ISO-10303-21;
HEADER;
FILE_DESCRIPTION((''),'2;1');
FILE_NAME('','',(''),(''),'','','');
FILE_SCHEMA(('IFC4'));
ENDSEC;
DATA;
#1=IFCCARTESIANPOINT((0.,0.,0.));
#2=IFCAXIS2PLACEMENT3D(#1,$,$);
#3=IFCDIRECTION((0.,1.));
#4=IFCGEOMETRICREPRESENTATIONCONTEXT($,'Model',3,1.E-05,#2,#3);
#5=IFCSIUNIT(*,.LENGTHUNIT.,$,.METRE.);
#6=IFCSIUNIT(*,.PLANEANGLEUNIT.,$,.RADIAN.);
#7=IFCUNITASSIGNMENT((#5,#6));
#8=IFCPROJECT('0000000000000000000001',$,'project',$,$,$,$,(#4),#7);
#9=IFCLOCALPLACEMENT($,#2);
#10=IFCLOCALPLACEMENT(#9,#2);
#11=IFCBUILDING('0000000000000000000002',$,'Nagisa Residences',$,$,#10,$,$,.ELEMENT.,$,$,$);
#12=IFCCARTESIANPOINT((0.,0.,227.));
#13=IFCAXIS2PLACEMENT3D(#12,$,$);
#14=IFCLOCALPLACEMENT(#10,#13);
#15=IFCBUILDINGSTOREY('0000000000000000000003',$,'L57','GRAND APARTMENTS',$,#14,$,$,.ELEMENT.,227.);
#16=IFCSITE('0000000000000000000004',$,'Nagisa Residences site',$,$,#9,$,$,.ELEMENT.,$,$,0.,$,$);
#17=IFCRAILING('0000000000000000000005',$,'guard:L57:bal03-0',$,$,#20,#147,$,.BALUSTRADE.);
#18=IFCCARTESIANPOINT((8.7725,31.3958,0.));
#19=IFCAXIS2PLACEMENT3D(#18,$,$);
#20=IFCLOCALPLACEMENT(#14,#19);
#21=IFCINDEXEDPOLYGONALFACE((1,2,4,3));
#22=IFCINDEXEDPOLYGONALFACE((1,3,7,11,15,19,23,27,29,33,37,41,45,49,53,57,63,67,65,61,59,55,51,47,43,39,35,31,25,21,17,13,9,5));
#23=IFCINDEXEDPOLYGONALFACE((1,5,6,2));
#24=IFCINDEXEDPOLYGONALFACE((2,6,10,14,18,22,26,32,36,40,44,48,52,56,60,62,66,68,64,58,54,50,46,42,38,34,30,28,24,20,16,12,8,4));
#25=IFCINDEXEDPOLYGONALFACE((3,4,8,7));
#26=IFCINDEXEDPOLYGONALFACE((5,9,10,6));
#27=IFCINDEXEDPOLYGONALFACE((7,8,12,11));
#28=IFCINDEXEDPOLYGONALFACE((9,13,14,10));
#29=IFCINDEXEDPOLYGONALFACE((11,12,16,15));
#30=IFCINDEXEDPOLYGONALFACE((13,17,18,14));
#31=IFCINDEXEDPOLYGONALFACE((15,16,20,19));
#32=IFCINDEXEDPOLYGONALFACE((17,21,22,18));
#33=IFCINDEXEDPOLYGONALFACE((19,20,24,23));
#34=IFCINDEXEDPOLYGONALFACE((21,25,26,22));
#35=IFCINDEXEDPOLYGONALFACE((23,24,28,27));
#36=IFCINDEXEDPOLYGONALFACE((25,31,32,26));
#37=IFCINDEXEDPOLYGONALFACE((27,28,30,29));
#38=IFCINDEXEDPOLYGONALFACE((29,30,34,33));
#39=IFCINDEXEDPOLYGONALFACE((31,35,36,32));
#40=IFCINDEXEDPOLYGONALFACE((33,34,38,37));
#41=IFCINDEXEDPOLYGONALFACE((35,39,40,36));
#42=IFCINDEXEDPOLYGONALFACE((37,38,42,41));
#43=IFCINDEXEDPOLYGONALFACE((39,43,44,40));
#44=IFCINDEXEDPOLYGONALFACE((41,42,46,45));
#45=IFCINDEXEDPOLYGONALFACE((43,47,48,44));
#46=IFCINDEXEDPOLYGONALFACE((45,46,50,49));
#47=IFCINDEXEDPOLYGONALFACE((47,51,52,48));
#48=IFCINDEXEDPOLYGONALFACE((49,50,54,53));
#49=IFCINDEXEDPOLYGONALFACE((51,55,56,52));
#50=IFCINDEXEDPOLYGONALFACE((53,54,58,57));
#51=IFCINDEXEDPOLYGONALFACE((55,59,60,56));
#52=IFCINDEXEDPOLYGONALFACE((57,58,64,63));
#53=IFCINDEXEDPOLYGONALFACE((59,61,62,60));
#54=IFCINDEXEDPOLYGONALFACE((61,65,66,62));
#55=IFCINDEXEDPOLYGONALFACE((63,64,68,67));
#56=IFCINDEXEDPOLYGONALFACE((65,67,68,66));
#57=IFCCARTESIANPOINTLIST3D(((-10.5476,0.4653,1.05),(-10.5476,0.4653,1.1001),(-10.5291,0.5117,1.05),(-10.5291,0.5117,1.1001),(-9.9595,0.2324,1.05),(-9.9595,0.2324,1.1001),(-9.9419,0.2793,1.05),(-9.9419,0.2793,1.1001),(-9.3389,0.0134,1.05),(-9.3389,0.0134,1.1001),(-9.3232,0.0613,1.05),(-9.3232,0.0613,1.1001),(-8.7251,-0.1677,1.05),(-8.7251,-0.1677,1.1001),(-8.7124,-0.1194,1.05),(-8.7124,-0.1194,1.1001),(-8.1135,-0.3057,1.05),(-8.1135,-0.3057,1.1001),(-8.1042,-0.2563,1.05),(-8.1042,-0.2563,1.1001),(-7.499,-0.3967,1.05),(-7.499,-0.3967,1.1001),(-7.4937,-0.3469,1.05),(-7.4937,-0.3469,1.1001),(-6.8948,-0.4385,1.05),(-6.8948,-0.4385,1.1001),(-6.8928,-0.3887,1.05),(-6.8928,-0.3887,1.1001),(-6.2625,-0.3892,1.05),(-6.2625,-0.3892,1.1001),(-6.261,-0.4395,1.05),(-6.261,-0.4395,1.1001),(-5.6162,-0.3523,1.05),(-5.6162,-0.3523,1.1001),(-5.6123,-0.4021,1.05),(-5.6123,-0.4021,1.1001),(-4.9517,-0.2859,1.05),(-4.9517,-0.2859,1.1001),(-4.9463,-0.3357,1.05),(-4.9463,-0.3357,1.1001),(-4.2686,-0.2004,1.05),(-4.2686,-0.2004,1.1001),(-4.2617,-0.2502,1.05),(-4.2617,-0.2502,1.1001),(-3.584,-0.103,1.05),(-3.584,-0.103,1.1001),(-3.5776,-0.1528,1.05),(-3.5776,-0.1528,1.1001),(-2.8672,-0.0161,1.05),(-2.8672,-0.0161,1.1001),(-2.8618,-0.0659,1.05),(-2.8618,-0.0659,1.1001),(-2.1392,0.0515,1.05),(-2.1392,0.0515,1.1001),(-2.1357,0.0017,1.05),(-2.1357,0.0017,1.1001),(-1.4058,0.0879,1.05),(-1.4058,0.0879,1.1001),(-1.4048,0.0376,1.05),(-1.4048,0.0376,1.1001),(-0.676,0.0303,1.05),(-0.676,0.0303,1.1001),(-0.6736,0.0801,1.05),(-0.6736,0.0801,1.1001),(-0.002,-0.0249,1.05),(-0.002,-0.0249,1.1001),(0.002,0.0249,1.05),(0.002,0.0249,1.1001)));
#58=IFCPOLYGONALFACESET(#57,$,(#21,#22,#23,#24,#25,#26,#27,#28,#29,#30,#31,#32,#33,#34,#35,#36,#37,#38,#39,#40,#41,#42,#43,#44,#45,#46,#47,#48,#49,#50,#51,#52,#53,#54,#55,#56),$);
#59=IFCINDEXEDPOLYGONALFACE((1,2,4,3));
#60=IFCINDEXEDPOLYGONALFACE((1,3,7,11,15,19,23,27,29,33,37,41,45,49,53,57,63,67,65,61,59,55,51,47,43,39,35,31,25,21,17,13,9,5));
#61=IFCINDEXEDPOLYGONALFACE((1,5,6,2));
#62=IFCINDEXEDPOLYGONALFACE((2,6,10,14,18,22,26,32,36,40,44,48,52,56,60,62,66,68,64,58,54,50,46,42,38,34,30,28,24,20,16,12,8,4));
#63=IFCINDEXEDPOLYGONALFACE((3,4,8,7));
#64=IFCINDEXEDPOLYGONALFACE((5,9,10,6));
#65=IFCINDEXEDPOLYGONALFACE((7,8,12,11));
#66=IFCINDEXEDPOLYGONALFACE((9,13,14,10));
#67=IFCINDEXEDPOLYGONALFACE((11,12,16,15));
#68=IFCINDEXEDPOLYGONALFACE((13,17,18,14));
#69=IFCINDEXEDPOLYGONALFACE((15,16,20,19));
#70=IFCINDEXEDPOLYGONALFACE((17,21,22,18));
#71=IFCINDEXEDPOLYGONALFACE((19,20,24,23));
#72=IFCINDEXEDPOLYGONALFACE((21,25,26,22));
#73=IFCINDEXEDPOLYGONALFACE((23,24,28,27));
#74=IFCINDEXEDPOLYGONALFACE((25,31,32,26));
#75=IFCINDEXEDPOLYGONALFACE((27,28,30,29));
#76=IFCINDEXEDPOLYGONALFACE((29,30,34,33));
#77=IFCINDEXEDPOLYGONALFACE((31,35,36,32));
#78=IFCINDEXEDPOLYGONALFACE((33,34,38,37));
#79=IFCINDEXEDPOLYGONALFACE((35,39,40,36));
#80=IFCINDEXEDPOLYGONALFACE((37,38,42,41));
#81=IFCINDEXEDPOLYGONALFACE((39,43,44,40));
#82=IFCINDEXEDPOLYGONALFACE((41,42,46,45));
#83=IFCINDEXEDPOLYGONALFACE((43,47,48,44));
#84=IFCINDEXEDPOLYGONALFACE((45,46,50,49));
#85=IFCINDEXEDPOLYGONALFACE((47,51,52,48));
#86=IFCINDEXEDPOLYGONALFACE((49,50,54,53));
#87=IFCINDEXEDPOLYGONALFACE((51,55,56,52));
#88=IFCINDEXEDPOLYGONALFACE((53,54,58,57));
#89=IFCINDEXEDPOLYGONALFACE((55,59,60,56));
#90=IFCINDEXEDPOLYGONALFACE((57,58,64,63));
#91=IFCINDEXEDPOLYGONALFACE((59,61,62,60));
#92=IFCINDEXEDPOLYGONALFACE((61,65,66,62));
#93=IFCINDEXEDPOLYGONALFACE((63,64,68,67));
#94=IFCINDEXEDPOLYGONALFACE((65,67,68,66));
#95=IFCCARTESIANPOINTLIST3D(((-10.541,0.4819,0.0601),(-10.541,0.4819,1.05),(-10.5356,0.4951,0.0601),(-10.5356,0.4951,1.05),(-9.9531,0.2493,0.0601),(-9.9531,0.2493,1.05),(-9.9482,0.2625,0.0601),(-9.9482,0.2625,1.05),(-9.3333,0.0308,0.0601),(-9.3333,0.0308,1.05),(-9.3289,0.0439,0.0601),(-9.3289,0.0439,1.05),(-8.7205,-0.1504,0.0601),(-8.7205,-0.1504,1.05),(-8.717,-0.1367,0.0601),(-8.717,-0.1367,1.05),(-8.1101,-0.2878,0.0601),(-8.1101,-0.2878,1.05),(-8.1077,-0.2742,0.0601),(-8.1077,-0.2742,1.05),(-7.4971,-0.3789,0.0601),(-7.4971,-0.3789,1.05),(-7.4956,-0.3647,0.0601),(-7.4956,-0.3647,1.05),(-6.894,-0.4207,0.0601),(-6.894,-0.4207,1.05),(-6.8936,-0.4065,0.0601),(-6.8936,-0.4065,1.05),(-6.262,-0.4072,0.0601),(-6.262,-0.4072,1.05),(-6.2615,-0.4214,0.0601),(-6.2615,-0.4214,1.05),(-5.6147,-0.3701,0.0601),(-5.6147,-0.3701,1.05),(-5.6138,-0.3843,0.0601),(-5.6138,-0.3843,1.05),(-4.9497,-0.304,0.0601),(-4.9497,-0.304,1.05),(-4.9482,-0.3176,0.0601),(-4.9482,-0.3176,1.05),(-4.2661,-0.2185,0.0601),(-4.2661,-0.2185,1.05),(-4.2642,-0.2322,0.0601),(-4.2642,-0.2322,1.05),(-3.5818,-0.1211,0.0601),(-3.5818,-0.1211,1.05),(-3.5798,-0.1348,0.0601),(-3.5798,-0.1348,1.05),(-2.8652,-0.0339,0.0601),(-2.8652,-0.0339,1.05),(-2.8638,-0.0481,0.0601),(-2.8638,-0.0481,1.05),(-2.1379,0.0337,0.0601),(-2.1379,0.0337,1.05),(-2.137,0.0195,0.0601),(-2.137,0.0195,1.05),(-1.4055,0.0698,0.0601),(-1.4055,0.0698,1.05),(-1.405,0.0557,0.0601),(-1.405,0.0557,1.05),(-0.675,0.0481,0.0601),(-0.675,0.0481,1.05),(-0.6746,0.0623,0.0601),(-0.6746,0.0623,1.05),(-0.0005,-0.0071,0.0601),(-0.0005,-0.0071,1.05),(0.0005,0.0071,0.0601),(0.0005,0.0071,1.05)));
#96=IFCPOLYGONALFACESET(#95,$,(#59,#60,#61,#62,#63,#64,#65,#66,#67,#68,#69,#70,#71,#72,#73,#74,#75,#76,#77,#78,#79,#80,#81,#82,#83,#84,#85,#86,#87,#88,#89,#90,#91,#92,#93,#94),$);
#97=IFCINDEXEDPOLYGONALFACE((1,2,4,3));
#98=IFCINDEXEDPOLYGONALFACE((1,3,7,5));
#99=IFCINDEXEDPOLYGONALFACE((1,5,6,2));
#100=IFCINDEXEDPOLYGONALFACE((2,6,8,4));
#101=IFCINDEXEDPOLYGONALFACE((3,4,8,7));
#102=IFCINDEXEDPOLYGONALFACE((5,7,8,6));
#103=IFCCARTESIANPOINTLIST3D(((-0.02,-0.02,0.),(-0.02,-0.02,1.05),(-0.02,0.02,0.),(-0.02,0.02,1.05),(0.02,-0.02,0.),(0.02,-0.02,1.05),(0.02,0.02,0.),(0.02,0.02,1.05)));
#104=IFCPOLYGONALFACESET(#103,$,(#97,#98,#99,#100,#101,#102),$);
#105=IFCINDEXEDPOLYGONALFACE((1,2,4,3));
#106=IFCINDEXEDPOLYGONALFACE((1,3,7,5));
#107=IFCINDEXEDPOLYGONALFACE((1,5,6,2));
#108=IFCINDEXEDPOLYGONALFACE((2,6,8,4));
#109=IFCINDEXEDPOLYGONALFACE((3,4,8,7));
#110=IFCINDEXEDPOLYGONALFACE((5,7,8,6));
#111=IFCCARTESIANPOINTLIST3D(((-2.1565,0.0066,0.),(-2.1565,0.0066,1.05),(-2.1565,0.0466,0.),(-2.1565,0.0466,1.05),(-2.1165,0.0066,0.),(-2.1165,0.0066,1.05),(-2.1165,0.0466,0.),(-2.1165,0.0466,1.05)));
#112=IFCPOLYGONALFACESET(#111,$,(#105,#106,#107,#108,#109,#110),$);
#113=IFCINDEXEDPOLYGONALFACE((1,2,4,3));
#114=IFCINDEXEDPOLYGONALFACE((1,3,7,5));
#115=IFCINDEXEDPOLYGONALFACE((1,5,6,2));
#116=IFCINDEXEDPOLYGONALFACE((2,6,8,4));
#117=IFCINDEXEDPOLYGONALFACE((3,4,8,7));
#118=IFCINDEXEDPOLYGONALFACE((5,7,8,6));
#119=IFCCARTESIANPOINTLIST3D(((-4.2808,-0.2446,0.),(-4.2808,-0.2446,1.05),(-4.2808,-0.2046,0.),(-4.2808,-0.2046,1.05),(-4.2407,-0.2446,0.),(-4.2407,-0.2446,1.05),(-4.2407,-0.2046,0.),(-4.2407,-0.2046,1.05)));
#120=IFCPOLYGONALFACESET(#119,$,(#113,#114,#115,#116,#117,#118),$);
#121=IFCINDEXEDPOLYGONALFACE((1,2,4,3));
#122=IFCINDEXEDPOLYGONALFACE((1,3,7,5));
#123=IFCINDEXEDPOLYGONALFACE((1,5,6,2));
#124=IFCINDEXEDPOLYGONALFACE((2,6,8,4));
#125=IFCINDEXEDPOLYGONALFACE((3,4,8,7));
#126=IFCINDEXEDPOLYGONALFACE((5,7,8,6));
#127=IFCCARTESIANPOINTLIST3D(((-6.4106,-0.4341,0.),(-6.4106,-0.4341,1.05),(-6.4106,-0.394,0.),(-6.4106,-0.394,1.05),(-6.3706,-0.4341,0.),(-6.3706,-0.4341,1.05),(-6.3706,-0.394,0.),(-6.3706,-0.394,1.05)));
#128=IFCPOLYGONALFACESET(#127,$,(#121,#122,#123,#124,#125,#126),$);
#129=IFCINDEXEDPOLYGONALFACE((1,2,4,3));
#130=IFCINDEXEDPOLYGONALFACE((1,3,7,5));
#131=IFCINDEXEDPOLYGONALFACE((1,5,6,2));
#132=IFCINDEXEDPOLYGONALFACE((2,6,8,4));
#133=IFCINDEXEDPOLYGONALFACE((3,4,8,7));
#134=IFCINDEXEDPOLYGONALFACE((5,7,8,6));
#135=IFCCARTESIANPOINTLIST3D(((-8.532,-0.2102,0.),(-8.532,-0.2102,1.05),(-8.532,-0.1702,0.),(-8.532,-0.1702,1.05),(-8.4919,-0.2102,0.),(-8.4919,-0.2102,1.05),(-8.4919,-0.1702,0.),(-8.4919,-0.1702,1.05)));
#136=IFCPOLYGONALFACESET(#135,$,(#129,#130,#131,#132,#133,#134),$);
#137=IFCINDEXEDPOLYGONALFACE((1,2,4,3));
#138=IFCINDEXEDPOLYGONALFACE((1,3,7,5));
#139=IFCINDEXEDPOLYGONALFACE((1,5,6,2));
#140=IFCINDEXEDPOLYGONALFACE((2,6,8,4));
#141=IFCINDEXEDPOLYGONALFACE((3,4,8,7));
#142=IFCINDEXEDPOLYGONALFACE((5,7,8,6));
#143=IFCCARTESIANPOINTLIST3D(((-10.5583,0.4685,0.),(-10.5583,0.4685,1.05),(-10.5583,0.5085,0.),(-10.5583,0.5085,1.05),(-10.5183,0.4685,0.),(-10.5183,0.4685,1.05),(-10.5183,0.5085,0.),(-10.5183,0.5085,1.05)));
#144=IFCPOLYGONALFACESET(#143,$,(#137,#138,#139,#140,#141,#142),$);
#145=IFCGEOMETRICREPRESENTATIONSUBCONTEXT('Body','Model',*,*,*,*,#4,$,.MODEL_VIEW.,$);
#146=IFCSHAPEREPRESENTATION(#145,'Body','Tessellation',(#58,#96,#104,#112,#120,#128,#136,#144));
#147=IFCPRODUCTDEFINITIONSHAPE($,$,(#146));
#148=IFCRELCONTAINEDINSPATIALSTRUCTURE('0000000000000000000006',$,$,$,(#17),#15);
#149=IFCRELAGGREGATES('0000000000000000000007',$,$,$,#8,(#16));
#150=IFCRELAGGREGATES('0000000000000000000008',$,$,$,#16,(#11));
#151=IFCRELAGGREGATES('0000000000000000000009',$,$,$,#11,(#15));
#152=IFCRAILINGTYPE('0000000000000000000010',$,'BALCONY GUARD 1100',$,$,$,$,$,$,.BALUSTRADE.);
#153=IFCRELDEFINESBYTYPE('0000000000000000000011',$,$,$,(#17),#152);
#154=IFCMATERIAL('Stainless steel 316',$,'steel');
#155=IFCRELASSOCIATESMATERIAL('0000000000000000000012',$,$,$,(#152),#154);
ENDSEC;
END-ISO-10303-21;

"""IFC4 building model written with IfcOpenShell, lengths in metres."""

from ifc_helpers import new_model, si_unit, direction, frame, origin, origin_2d, place, context, subcontext, project, spatial, polyline, rectangle, outline, extrude, material, type_object, element, save


model = new_model("IFC4")

# Units and contexts
model_context = context("Model", 3, precision=1e-05, world=origin(), true_north=direction((0.0, 1.0)))
body_context = subcontext(model_context, "Body", "Model", "MODEL_VIEW")
ifc_project = project(units=[si_unit("LENGTHUNIT", "METRE"), si_unit("PLANEANGLEUNIT", "RADIAN")], contexts=[model_context])

# Site, building, storey
site_placement = place(None, origin())
site = spatial("IfcSite", under=ifc_project, at=site_placement, Name="Nagisa Residences site", CompositionType="ELEMENT", RefElevation=0.0)
building_placement = place(site_placement, origin())
building = spatial("IfcBuilding", under=site, at=building_placement, Name="Nagisa Residences", CompositionType="ELEMENT")
storey_placement = place(building_placement, frame((0.0, 0.0, 227.0)))
storey = spatial("IfcBuildingStorey", under=building, at=storey_placement, Name="L57", Description="GRAND APARTMENTS", CompositionType="ELEMENT", Elevation=227.0)

# Railing
ifc_material_1 = material(Name="Stainless steel 316", Category="steel")
railing_type = type_object("IfcRailingType", Name="BALCONY GUARD 1100", PredefinedType="BALUSTRADE", material=ifc_material_1)
railing_placement = place(storey_placement, frame((8.7725, 31.3958, 0.0)))
element("IfcRailing", 1, at=railing_placement, inside=storey, type_object=railing_type, Name="guard:L57:bal03-0", PredefinedType="BALUSTRADE", context=body_context, shape_type="SweptSolid", body=[
    extrude(outline(polyline([(-0.676, 0.0303), (-0.002, -0.0249), (0.002, 0.0249), (-0.6736, 0.0801), (-1.4058, 0.0879), (-2.1392, 0.0515), (-2.8672, -0.0161), (-3.584, -0.103), (-4.2686, -0.2004), (-4.9517, -0.2859), (-5.6162, -0.3523), (-6.2625, -0.3892), (-6.8928, -0.3887), (-7.4937, -0.3469), (-8.1042, -0.2563), (-8.7124, -0.1194), (-9.3232, 0.0613), (-9.9419, 0.2793), (-10.5291, 0.5117), (-10.5476, 0.4653), (-9.9595, 0.2324), (-9.3389, 0.0134), (-8.7251, -0.1677), (-8.1135, -0.3057), (-7.499, -0.3967), (-6.8948, -0.4385), (-6.261, -0.4395), (-5.6123, -0.4021), (-4.9463, -0.3357), (-4.2617, -0.2502), (-3.5776, -0.1528), (-2.8618, -0.0659), (-2.1357, 0.0017), (-1.4048, 0.0376), (-0.676, 0.0303)])), frame((0.0, 0.0, 1.05)), (0.0, 0.0, 1.0), 0.05),
    extrude(outline(polyline([(-0.675, 0.0481), (-0.0005, -0.0071), (0.0005, 0.0071), (-0.6746, 0.0623), (-1.4055, 0.0698), (-2.1379, 0.0337), (-2.8652, -0.0339), (-3.5818, -0.1211), (-4.2661, -0.2185), (-4.9497, -0.304), (-5.6147, -0.3701), (-6.262, -0.4072), (-6.8936, -0.4065), (-7.4956, -0.3647), (-8.1077, -0.2742), (-8.717, -0.1367), (-9.3289, 0.0439), (-9.9482, 0.2625), (-10.5356, 0.4951), (-10.541, 0.4819), (-9.9531, 0.2493), (-9.3333, 0.0308), (-8.7205, -0.1504), (-8.1101, -0.2878), (-7.4971, -0.3789), (-6.894, -0.4207), (-6.2615, -0.4214), (-5.6138, -0.3843), (-4.9482, -0.3176), (-4.2642, -0.2322), (-3.5798, -0.1348), (-2.8638, -0.0481), (-2.137, 0.0195), (-1.405, 0.0557), (-0.675, 0.0481)])), frame((0.0, 0.0, 0.0601)), (0.0, 0.0, 1.0), 0.99),
    extrude(rectangle(XDim=0.04, YDim=0.04, at=origin_2d()), origin(), (0.0, 0.0, 1.0), 1.05),
    extrude(rectangle(XDim=0.04, YDim=0.04, at=origin_2d()), frame((-2.1365, 0.0266, 0.0)), (0.0, 0.0, 1.0), 1.05),
    extrude(rectangle(XDim=0.04, YDim=0.04, at=origin_2d()), frame((-4.2607, -0.2246, 0.0)), (0.0, 0.0, 1.0), 1.05),
    extrude(rectangle(XDim=0.04, YDim=0.04, at=origin_2d()), frame((-6.3906, -0.4141, 0.0)), (0.0, 0.0, 1.0), 1.05),
    extrude(rectangle(XDim=0.04, YDim=0.04, at=origin_2d()), frame((-8.512, -0.1902, 0.0)), (0.0, 0.0, 1.0), 1.05),
    extrude(rectangle(XDim=0.04, YDim=0.04, at=origin_2d()), frame((-10.5383, 0.4885, 0.0)), (0.0, 0.0, 1.0), 1.05),
])

save(model, "model.ifc")
